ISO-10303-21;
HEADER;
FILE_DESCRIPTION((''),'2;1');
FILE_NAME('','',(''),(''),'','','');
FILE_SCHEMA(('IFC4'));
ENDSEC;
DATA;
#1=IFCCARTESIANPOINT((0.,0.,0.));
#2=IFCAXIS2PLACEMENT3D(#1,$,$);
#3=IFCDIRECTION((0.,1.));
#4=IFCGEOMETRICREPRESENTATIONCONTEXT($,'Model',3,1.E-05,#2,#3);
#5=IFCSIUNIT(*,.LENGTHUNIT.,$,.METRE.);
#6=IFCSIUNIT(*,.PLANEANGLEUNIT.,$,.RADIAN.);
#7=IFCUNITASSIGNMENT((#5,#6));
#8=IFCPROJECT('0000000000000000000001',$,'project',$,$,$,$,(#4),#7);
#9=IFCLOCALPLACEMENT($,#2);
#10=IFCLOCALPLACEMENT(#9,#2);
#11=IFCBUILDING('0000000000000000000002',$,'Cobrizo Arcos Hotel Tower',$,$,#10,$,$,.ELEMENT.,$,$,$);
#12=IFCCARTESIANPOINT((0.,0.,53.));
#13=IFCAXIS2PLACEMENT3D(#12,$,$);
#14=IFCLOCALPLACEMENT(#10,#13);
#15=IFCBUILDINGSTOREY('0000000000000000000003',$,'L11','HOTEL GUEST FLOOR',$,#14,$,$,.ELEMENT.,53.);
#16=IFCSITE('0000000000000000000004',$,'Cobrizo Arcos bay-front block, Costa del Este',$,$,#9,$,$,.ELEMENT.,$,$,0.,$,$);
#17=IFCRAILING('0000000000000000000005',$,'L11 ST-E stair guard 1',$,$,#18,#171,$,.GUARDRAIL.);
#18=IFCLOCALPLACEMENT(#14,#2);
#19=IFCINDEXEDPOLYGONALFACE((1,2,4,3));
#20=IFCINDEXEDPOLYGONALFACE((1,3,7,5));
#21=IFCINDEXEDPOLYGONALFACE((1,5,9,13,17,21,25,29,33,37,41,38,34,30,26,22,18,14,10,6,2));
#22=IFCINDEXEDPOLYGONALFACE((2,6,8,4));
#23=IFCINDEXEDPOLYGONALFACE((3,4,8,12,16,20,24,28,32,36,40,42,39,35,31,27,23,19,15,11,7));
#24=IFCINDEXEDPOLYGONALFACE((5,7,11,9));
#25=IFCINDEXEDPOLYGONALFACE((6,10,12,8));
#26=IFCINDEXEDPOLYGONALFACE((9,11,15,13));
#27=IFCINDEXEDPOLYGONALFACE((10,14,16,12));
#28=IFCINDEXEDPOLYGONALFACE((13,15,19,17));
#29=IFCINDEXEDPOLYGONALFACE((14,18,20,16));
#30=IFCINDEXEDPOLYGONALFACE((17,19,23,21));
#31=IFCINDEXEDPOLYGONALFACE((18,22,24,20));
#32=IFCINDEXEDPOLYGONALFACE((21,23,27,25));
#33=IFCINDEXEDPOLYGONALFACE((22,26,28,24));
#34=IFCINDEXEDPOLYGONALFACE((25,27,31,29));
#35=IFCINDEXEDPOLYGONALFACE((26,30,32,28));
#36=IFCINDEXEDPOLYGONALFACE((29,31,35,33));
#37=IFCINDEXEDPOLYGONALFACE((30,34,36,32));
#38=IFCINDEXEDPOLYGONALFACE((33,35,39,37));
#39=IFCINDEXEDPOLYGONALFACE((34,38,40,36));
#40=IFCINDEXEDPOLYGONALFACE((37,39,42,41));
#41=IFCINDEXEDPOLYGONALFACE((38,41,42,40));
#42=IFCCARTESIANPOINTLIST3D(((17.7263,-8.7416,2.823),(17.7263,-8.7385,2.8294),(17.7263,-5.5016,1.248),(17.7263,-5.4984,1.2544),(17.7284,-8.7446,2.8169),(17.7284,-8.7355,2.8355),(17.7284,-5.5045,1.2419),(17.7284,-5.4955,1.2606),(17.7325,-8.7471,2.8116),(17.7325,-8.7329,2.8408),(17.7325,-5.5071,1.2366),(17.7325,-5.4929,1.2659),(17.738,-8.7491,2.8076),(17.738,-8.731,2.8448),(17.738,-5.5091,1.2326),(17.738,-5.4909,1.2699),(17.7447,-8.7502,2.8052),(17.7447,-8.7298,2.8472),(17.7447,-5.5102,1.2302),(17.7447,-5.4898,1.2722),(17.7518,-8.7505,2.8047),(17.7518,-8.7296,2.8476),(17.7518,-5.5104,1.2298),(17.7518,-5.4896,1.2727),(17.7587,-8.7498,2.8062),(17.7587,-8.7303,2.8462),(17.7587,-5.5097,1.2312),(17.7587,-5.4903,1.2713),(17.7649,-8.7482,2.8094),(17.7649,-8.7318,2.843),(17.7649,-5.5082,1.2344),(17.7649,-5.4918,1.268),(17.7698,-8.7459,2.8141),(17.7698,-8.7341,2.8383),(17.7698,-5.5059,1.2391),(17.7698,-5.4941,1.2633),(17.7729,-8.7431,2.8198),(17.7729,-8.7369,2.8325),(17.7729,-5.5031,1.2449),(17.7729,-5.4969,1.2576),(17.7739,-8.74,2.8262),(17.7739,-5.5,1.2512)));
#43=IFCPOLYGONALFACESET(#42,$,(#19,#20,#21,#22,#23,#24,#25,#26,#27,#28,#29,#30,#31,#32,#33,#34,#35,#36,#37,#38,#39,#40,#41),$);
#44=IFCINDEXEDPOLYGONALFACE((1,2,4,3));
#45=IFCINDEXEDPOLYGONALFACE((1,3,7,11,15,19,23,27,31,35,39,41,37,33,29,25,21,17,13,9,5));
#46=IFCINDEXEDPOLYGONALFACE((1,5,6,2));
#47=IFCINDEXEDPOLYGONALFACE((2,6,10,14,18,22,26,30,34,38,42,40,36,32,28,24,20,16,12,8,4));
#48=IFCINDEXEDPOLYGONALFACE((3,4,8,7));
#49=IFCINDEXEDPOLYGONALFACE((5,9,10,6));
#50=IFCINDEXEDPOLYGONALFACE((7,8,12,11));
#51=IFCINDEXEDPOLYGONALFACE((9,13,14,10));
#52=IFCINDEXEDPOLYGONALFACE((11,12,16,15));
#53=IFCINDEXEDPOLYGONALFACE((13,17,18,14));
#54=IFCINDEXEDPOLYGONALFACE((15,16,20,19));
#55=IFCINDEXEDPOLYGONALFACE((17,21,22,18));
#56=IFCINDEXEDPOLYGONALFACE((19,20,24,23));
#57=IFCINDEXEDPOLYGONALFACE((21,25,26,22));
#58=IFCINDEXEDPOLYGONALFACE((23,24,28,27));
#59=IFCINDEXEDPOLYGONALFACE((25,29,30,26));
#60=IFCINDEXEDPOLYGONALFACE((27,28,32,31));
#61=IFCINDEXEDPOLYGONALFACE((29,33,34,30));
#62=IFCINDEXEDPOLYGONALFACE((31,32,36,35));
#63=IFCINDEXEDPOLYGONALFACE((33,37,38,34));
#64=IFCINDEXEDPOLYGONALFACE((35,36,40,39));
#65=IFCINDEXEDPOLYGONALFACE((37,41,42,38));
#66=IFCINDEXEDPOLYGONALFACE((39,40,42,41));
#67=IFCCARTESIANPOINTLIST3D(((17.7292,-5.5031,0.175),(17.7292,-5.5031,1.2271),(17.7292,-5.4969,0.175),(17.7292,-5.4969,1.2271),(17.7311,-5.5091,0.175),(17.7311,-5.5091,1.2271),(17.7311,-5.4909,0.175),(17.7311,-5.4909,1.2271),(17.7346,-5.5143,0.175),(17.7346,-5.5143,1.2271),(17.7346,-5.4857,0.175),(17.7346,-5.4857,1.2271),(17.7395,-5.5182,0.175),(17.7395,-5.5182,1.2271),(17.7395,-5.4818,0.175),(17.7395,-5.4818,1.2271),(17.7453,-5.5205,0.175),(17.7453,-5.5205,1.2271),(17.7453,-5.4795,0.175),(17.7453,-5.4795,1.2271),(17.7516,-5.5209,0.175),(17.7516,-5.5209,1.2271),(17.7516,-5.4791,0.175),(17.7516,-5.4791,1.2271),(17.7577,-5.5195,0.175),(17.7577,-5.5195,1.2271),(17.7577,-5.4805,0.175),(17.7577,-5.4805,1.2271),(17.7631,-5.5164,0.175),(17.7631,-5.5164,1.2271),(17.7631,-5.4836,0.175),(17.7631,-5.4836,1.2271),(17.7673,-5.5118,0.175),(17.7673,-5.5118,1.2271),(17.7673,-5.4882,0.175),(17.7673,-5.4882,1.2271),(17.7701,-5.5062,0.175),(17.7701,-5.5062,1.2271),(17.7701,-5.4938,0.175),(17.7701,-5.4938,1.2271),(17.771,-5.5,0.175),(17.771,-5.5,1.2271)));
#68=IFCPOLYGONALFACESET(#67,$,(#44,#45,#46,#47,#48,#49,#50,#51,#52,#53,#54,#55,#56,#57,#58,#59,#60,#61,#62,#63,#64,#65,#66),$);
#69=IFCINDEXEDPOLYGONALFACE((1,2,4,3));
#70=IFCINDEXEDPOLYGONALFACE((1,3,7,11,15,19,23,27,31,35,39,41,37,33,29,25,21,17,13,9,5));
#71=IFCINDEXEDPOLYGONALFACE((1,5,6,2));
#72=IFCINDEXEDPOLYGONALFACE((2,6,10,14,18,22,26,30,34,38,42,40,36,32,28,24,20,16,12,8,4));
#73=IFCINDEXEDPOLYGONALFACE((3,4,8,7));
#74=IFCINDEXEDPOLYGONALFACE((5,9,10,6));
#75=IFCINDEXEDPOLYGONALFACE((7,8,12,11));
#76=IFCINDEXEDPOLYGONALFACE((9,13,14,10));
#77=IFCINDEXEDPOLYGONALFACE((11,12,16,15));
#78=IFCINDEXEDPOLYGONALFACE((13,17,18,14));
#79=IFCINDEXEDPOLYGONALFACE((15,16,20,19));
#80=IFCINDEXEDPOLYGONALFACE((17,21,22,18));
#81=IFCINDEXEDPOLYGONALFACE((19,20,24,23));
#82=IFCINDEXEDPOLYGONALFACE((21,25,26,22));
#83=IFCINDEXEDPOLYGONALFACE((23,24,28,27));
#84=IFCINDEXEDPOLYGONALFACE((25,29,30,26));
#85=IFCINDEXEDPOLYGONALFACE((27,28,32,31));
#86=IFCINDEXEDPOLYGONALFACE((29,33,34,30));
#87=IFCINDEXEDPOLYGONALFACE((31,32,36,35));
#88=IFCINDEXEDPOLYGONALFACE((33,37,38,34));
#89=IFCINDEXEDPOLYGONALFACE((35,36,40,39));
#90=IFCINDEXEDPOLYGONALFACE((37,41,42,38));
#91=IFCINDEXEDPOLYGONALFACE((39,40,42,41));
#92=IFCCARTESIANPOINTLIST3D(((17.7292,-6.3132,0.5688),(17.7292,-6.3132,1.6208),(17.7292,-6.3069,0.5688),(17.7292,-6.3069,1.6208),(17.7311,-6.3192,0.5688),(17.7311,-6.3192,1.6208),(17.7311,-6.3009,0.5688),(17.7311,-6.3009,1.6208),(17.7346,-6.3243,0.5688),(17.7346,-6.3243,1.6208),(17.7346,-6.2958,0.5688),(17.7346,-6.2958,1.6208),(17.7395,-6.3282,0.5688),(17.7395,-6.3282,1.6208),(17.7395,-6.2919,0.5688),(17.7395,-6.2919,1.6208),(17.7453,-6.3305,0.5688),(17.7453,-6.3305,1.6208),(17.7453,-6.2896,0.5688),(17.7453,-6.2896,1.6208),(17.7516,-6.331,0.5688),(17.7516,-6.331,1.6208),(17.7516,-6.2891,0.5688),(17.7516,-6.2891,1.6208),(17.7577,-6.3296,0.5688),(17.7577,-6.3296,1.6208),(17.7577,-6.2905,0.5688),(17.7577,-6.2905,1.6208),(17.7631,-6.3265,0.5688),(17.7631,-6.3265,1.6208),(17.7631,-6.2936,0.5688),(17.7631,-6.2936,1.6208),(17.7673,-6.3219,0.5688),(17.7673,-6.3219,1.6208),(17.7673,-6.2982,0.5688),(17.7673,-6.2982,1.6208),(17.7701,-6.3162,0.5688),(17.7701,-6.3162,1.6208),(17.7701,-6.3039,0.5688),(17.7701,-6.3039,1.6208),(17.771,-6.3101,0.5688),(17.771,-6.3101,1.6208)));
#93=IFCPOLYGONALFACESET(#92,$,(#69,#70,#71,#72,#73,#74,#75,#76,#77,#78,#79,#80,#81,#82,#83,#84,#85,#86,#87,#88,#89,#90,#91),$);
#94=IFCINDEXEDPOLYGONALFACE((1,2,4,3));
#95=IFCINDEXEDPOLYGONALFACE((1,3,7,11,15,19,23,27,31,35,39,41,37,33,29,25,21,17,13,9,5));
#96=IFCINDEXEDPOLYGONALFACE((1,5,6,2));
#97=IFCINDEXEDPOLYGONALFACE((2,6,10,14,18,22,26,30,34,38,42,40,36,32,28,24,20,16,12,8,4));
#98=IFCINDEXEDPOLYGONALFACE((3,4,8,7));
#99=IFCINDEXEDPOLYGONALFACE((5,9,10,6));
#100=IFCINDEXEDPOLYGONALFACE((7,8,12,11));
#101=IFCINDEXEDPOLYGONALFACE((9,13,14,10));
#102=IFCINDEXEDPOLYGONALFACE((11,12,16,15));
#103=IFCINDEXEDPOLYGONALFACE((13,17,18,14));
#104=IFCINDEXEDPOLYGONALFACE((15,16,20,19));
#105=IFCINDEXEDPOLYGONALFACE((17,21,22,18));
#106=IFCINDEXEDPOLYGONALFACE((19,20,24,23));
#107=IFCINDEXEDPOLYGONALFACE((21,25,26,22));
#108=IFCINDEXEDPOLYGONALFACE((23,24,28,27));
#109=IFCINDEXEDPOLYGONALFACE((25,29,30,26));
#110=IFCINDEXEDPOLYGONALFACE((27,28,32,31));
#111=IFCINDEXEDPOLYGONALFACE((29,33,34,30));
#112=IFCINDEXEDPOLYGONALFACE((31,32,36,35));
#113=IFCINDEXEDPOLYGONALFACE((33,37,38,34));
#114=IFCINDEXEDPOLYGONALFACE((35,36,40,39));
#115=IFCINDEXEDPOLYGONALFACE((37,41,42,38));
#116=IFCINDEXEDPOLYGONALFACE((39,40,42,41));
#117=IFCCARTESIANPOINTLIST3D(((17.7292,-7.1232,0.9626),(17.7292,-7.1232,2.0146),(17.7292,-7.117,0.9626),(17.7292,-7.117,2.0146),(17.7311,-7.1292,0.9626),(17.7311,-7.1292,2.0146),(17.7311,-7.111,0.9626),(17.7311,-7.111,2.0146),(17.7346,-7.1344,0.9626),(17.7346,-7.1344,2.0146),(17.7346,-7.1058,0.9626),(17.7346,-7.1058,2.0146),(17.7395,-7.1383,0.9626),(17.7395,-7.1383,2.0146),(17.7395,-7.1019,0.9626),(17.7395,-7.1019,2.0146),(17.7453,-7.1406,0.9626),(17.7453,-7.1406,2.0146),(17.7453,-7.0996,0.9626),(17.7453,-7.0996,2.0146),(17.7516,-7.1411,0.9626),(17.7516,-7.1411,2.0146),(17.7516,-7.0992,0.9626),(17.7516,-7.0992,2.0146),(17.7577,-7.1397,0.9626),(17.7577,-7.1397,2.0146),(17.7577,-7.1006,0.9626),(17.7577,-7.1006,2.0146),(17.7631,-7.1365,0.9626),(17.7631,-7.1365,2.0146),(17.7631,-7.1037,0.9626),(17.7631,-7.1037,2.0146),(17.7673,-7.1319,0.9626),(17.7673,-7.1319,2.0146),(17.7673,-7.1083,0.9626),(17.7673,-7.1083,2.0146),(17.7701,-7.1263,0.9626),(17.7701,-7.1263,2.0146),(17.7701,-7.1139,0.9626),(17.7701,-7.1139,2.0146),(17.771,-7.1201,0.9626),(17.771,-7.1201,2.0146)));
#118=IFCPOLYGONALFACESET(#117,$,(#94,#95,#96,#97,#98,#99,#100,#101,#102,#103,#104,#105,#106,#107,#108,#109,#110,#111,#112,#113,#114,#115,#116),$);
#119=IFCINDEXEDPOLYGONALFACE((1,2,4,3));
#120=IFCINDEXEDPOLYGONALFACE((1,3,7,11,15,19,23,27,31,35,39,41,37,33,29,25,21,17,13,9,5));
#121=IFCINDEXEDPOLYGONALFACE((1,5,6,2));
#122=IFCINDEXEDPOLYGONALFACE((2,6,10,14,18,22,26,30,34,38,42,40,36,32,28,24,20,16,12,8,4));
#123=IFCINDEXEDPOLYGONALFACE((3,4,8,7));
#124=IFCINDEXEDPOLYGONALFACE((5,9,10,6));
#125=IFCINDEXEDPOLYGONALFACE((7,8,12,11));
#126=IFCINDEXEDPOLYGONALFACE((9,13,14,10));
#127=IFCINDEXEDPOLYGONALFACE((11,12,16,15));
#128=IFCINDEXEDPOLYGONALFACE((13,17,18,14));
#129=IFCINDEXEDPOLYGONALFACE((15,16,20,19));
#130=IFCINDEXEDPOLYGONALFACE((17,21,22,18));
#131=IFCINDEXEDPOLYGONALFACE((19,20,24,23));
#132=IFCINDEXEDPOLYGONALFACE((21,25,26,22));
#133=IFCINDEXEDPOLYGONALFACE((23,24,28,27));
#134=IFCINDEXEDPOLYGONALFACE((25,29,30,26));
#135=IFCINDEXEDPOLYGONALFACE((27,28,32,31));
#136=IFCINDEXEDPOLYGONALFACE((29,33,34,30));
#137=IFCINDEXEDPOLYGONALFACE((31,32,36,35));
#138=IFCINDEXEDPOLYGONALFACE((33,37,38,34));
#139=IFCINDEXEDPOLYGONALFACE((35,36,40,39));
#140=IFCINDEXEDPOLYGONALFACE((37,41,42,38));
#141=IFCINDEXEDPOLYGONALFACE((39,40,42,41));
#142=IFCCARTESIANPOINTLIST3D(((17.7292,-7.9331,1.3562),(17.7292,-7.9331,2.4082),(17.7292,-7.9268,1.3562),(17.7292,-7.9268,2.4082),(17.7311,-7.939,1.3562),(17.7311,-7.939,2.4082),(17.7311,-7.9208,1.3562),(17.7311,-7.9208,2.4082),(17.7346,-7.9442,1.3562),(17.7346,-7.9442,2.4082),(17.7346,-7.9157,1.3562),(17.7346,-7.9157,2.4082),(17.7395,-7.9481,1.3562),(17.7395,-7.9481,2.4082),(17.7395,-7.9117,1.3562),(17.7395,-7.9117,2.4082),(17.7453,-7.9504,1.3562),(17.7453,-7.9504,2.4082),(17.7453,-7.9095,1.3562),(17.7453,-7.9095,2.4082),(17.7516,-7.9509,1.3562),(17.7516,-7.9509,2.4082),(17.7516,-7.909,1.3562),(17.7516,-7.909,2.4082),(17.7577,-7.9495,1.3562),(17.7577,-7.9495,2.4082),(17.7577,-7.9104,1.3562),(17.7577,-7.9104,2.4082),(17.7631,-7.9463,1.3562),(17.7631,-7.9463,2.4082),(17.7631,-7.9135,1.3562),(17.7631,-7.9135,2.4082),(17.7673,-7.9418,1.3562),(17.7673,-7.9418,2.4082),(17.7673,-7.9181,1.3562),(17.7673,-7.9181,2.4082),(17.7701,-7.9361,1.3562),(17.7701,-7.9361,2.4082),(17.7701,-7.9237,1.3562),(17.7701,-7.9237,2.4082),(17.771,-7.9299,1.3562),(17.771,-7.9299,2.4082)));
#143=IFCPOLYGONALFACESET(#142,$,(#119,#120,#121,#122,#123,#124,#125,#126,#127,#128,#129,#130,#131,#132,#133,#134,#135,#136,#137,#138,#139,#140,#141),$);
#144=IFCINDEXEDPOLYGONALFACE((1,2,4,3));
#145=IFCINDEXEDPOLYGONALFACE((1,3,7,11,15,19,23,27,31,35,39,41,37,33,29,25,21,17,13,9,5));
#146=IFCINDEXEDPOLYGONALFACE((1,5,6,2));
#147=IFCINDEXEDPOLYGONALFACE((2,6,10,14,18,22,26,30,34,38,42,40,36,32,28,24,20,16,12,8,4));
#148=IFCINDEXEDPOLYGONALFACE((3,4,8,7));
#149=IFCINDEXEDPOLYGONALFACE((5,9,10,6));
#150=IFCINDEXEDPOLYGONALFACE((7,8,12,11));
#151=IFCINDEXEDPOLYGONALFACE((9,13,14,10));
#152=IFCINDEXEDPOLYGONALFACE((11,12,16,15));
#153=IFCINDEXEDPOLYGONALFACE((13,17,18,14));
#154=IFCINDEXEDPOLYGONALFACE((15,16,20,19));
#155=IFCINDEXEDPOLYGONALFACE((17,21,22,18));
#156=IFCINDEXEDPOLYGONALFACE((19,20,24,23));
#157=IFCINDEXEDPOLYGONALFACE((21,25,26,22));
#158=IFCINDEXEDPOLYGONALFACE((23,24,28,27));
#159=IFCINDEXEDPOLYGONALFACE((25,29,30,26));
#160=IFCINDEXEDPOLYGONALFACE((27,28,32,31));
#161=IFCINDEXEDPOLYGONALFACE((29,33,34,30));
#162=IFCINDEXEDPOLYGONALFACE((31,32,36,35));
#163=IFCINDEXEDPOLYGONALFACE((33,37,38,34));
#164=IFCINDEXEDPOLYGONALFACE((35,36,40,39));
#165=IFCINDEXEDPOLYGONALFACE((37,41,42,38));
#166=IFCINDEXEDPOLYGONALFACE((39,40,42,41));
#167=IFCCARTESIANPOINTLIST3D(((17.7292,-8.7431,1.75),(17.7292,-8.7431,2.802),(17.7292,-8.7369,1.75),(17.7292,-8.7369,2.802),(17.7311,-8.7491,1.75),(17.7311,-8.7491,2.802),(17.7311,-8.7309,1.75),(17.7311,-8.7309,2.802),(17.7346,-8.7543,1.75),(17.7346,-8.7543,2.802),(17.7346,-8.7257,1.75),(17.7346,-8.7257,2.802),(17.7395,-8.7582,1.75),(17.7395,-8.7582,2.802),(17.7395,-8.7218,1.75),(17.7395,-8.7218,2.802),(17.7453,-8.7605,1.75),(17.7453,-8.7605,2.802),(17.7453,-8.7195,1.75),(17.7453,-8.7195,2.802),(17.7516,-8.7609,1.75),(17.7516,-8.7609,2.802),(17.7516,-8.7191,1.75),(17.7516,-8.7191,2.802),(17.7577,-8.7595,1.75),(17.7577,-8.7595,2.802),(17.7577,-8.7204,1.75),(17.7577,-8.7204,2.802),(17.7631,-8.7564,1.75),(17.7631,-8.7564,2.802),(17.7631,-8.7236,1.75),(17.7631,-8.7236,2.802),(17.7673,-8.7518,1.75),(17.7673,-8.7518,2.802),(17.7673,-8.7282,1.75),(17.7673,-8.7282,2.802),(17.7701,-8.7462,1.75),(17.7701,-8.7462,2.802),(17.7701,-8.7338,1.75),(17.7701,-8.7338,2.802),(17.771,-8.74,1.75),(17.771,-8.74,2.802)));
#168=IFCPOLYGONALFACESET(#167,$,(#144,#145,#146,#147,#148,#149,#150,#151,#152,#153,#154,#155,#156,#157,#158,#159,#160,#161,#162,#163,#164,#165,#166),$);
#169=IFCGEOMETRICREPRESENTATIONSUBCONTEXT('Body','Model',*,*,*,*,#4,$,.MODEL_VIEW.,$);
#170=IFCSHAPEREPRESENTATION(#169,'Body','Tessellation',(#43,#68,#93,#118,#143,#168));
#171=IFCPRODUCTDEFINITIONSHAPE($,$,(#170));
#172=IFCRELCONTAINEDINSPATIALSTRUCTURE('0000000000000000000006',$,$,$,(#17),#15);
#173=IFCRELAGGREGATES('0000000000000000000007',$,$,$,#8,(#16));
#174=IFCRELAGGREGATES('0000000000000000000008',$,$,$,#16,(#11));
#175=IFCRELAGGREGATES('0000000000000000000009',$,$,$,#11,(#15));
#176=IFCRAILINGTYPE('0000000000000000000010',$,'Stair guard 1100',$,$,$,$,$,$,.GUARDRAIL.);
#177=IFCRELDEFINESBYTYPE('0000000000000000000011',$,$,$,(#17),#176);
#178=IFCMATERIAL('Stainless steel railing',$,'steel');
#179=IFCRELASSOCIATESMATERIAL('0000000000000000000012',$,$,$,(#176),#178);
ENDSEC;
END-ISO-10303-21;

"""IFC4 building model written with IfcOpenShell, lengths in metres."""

from ifc_helpers import new_model, si_unit, direction, frame, origin, origin_2d, place, context, subcontext, project, spatial, circle, extrude, material, type_object, element, save


model = new_model("IFC4")

# Units and contexts
model_context = context("Model", 3, precision=1e-05, world=origin(), true_north=direction((0.0, 1.0)))
body_context = subcontext(model_context, "Body", "Model", "MODEL_VIEW")
ifc_project = project(units=[si_unit("LENGTHUNIT", "METRE"), si_unit("PLANEANGLEUNIT", "RADIAN")], contexts=[model_context])

# Site, building, storey
site_placement = place(None, origin())
site = spatial("IfcSite", under=ifc_project, at=site_placement, Name="Cobrizo Arcos bay-front block, Costa del Este", CompositionType="ELEMENT", RefElevation=0.0)
building_placement = place(site_placement, origin())
building = spatial("IfcBuilding", under=site, at=building_placement, Name="Cobrizo Arcos Hotel Tower", CompositionType="ELEMENT")
storey_placement = place(building_placement, frame((0.0, 0.0, 53.0)))
storey = spatial("IfcBuildingStorey", under=building, at=storey_placement, Name="L11", Description="HOTEL GUEST FLOOR", CompositionType="ELEMENT", Elevation=53.0)

# Railing
ifc_material_1 = material(Name="Stainless steel railing", Category="steel")
railing_type_1 = type_object("IfcRailingType", Name="Stair guard 1100", PredefinedType="GUARDRAIL", material=ifc_material_1)
railing_1_placement = place(storey_placement, frame((17.75, -5.5, 0.175)))
element("IfcRailing", 1, at=railing_1_placement, inside=storey, type_object=railing_type_1, Name="L11 ST-E stair guard 1", PredefinedType="GUARDRAIL", context=body_context, shape_type="SweptSolid", body=[
    extrude(circle(Radius=0.0239, at=origin_2d()), frame((0.0, 0.0, 1.0762), z_axis=(0.0, -0.899373, 0.437183), x_axis=(1.0, 0.0, 0.0)), (0.0, 0.0, 1.0), 3.6025),
    extrude(circle(Radius=0.021, at=origin_2d()), origin(), (0.0, 0.0, 1.0), 1.052),
    extrude(circle(Radius=0.021, at=origin_2d()), frame((0.0, -0.8101, 0.3938)), (0.0, 0.0, 1.0), 1.052),
    extrude(circle(Radius=0.021, at=origin_2d()), frame((0.0, -1.6201, 0.7876)), (0.0, 0.0, 1.0), 1.052),
    extrude(circle(Radius=0.021, at=origin_2d()), frame((0.0, -2.4299, 1.1812)), (0.0, 0.0, 1.0), 1.052),
    extrude(circle(Radius=0.021, at=origin_2d()), frame((0.0, -3.24, 1.575)), (0.0, 0.0, 1.0), 1.052),
])

save(model, "model.ifc")
